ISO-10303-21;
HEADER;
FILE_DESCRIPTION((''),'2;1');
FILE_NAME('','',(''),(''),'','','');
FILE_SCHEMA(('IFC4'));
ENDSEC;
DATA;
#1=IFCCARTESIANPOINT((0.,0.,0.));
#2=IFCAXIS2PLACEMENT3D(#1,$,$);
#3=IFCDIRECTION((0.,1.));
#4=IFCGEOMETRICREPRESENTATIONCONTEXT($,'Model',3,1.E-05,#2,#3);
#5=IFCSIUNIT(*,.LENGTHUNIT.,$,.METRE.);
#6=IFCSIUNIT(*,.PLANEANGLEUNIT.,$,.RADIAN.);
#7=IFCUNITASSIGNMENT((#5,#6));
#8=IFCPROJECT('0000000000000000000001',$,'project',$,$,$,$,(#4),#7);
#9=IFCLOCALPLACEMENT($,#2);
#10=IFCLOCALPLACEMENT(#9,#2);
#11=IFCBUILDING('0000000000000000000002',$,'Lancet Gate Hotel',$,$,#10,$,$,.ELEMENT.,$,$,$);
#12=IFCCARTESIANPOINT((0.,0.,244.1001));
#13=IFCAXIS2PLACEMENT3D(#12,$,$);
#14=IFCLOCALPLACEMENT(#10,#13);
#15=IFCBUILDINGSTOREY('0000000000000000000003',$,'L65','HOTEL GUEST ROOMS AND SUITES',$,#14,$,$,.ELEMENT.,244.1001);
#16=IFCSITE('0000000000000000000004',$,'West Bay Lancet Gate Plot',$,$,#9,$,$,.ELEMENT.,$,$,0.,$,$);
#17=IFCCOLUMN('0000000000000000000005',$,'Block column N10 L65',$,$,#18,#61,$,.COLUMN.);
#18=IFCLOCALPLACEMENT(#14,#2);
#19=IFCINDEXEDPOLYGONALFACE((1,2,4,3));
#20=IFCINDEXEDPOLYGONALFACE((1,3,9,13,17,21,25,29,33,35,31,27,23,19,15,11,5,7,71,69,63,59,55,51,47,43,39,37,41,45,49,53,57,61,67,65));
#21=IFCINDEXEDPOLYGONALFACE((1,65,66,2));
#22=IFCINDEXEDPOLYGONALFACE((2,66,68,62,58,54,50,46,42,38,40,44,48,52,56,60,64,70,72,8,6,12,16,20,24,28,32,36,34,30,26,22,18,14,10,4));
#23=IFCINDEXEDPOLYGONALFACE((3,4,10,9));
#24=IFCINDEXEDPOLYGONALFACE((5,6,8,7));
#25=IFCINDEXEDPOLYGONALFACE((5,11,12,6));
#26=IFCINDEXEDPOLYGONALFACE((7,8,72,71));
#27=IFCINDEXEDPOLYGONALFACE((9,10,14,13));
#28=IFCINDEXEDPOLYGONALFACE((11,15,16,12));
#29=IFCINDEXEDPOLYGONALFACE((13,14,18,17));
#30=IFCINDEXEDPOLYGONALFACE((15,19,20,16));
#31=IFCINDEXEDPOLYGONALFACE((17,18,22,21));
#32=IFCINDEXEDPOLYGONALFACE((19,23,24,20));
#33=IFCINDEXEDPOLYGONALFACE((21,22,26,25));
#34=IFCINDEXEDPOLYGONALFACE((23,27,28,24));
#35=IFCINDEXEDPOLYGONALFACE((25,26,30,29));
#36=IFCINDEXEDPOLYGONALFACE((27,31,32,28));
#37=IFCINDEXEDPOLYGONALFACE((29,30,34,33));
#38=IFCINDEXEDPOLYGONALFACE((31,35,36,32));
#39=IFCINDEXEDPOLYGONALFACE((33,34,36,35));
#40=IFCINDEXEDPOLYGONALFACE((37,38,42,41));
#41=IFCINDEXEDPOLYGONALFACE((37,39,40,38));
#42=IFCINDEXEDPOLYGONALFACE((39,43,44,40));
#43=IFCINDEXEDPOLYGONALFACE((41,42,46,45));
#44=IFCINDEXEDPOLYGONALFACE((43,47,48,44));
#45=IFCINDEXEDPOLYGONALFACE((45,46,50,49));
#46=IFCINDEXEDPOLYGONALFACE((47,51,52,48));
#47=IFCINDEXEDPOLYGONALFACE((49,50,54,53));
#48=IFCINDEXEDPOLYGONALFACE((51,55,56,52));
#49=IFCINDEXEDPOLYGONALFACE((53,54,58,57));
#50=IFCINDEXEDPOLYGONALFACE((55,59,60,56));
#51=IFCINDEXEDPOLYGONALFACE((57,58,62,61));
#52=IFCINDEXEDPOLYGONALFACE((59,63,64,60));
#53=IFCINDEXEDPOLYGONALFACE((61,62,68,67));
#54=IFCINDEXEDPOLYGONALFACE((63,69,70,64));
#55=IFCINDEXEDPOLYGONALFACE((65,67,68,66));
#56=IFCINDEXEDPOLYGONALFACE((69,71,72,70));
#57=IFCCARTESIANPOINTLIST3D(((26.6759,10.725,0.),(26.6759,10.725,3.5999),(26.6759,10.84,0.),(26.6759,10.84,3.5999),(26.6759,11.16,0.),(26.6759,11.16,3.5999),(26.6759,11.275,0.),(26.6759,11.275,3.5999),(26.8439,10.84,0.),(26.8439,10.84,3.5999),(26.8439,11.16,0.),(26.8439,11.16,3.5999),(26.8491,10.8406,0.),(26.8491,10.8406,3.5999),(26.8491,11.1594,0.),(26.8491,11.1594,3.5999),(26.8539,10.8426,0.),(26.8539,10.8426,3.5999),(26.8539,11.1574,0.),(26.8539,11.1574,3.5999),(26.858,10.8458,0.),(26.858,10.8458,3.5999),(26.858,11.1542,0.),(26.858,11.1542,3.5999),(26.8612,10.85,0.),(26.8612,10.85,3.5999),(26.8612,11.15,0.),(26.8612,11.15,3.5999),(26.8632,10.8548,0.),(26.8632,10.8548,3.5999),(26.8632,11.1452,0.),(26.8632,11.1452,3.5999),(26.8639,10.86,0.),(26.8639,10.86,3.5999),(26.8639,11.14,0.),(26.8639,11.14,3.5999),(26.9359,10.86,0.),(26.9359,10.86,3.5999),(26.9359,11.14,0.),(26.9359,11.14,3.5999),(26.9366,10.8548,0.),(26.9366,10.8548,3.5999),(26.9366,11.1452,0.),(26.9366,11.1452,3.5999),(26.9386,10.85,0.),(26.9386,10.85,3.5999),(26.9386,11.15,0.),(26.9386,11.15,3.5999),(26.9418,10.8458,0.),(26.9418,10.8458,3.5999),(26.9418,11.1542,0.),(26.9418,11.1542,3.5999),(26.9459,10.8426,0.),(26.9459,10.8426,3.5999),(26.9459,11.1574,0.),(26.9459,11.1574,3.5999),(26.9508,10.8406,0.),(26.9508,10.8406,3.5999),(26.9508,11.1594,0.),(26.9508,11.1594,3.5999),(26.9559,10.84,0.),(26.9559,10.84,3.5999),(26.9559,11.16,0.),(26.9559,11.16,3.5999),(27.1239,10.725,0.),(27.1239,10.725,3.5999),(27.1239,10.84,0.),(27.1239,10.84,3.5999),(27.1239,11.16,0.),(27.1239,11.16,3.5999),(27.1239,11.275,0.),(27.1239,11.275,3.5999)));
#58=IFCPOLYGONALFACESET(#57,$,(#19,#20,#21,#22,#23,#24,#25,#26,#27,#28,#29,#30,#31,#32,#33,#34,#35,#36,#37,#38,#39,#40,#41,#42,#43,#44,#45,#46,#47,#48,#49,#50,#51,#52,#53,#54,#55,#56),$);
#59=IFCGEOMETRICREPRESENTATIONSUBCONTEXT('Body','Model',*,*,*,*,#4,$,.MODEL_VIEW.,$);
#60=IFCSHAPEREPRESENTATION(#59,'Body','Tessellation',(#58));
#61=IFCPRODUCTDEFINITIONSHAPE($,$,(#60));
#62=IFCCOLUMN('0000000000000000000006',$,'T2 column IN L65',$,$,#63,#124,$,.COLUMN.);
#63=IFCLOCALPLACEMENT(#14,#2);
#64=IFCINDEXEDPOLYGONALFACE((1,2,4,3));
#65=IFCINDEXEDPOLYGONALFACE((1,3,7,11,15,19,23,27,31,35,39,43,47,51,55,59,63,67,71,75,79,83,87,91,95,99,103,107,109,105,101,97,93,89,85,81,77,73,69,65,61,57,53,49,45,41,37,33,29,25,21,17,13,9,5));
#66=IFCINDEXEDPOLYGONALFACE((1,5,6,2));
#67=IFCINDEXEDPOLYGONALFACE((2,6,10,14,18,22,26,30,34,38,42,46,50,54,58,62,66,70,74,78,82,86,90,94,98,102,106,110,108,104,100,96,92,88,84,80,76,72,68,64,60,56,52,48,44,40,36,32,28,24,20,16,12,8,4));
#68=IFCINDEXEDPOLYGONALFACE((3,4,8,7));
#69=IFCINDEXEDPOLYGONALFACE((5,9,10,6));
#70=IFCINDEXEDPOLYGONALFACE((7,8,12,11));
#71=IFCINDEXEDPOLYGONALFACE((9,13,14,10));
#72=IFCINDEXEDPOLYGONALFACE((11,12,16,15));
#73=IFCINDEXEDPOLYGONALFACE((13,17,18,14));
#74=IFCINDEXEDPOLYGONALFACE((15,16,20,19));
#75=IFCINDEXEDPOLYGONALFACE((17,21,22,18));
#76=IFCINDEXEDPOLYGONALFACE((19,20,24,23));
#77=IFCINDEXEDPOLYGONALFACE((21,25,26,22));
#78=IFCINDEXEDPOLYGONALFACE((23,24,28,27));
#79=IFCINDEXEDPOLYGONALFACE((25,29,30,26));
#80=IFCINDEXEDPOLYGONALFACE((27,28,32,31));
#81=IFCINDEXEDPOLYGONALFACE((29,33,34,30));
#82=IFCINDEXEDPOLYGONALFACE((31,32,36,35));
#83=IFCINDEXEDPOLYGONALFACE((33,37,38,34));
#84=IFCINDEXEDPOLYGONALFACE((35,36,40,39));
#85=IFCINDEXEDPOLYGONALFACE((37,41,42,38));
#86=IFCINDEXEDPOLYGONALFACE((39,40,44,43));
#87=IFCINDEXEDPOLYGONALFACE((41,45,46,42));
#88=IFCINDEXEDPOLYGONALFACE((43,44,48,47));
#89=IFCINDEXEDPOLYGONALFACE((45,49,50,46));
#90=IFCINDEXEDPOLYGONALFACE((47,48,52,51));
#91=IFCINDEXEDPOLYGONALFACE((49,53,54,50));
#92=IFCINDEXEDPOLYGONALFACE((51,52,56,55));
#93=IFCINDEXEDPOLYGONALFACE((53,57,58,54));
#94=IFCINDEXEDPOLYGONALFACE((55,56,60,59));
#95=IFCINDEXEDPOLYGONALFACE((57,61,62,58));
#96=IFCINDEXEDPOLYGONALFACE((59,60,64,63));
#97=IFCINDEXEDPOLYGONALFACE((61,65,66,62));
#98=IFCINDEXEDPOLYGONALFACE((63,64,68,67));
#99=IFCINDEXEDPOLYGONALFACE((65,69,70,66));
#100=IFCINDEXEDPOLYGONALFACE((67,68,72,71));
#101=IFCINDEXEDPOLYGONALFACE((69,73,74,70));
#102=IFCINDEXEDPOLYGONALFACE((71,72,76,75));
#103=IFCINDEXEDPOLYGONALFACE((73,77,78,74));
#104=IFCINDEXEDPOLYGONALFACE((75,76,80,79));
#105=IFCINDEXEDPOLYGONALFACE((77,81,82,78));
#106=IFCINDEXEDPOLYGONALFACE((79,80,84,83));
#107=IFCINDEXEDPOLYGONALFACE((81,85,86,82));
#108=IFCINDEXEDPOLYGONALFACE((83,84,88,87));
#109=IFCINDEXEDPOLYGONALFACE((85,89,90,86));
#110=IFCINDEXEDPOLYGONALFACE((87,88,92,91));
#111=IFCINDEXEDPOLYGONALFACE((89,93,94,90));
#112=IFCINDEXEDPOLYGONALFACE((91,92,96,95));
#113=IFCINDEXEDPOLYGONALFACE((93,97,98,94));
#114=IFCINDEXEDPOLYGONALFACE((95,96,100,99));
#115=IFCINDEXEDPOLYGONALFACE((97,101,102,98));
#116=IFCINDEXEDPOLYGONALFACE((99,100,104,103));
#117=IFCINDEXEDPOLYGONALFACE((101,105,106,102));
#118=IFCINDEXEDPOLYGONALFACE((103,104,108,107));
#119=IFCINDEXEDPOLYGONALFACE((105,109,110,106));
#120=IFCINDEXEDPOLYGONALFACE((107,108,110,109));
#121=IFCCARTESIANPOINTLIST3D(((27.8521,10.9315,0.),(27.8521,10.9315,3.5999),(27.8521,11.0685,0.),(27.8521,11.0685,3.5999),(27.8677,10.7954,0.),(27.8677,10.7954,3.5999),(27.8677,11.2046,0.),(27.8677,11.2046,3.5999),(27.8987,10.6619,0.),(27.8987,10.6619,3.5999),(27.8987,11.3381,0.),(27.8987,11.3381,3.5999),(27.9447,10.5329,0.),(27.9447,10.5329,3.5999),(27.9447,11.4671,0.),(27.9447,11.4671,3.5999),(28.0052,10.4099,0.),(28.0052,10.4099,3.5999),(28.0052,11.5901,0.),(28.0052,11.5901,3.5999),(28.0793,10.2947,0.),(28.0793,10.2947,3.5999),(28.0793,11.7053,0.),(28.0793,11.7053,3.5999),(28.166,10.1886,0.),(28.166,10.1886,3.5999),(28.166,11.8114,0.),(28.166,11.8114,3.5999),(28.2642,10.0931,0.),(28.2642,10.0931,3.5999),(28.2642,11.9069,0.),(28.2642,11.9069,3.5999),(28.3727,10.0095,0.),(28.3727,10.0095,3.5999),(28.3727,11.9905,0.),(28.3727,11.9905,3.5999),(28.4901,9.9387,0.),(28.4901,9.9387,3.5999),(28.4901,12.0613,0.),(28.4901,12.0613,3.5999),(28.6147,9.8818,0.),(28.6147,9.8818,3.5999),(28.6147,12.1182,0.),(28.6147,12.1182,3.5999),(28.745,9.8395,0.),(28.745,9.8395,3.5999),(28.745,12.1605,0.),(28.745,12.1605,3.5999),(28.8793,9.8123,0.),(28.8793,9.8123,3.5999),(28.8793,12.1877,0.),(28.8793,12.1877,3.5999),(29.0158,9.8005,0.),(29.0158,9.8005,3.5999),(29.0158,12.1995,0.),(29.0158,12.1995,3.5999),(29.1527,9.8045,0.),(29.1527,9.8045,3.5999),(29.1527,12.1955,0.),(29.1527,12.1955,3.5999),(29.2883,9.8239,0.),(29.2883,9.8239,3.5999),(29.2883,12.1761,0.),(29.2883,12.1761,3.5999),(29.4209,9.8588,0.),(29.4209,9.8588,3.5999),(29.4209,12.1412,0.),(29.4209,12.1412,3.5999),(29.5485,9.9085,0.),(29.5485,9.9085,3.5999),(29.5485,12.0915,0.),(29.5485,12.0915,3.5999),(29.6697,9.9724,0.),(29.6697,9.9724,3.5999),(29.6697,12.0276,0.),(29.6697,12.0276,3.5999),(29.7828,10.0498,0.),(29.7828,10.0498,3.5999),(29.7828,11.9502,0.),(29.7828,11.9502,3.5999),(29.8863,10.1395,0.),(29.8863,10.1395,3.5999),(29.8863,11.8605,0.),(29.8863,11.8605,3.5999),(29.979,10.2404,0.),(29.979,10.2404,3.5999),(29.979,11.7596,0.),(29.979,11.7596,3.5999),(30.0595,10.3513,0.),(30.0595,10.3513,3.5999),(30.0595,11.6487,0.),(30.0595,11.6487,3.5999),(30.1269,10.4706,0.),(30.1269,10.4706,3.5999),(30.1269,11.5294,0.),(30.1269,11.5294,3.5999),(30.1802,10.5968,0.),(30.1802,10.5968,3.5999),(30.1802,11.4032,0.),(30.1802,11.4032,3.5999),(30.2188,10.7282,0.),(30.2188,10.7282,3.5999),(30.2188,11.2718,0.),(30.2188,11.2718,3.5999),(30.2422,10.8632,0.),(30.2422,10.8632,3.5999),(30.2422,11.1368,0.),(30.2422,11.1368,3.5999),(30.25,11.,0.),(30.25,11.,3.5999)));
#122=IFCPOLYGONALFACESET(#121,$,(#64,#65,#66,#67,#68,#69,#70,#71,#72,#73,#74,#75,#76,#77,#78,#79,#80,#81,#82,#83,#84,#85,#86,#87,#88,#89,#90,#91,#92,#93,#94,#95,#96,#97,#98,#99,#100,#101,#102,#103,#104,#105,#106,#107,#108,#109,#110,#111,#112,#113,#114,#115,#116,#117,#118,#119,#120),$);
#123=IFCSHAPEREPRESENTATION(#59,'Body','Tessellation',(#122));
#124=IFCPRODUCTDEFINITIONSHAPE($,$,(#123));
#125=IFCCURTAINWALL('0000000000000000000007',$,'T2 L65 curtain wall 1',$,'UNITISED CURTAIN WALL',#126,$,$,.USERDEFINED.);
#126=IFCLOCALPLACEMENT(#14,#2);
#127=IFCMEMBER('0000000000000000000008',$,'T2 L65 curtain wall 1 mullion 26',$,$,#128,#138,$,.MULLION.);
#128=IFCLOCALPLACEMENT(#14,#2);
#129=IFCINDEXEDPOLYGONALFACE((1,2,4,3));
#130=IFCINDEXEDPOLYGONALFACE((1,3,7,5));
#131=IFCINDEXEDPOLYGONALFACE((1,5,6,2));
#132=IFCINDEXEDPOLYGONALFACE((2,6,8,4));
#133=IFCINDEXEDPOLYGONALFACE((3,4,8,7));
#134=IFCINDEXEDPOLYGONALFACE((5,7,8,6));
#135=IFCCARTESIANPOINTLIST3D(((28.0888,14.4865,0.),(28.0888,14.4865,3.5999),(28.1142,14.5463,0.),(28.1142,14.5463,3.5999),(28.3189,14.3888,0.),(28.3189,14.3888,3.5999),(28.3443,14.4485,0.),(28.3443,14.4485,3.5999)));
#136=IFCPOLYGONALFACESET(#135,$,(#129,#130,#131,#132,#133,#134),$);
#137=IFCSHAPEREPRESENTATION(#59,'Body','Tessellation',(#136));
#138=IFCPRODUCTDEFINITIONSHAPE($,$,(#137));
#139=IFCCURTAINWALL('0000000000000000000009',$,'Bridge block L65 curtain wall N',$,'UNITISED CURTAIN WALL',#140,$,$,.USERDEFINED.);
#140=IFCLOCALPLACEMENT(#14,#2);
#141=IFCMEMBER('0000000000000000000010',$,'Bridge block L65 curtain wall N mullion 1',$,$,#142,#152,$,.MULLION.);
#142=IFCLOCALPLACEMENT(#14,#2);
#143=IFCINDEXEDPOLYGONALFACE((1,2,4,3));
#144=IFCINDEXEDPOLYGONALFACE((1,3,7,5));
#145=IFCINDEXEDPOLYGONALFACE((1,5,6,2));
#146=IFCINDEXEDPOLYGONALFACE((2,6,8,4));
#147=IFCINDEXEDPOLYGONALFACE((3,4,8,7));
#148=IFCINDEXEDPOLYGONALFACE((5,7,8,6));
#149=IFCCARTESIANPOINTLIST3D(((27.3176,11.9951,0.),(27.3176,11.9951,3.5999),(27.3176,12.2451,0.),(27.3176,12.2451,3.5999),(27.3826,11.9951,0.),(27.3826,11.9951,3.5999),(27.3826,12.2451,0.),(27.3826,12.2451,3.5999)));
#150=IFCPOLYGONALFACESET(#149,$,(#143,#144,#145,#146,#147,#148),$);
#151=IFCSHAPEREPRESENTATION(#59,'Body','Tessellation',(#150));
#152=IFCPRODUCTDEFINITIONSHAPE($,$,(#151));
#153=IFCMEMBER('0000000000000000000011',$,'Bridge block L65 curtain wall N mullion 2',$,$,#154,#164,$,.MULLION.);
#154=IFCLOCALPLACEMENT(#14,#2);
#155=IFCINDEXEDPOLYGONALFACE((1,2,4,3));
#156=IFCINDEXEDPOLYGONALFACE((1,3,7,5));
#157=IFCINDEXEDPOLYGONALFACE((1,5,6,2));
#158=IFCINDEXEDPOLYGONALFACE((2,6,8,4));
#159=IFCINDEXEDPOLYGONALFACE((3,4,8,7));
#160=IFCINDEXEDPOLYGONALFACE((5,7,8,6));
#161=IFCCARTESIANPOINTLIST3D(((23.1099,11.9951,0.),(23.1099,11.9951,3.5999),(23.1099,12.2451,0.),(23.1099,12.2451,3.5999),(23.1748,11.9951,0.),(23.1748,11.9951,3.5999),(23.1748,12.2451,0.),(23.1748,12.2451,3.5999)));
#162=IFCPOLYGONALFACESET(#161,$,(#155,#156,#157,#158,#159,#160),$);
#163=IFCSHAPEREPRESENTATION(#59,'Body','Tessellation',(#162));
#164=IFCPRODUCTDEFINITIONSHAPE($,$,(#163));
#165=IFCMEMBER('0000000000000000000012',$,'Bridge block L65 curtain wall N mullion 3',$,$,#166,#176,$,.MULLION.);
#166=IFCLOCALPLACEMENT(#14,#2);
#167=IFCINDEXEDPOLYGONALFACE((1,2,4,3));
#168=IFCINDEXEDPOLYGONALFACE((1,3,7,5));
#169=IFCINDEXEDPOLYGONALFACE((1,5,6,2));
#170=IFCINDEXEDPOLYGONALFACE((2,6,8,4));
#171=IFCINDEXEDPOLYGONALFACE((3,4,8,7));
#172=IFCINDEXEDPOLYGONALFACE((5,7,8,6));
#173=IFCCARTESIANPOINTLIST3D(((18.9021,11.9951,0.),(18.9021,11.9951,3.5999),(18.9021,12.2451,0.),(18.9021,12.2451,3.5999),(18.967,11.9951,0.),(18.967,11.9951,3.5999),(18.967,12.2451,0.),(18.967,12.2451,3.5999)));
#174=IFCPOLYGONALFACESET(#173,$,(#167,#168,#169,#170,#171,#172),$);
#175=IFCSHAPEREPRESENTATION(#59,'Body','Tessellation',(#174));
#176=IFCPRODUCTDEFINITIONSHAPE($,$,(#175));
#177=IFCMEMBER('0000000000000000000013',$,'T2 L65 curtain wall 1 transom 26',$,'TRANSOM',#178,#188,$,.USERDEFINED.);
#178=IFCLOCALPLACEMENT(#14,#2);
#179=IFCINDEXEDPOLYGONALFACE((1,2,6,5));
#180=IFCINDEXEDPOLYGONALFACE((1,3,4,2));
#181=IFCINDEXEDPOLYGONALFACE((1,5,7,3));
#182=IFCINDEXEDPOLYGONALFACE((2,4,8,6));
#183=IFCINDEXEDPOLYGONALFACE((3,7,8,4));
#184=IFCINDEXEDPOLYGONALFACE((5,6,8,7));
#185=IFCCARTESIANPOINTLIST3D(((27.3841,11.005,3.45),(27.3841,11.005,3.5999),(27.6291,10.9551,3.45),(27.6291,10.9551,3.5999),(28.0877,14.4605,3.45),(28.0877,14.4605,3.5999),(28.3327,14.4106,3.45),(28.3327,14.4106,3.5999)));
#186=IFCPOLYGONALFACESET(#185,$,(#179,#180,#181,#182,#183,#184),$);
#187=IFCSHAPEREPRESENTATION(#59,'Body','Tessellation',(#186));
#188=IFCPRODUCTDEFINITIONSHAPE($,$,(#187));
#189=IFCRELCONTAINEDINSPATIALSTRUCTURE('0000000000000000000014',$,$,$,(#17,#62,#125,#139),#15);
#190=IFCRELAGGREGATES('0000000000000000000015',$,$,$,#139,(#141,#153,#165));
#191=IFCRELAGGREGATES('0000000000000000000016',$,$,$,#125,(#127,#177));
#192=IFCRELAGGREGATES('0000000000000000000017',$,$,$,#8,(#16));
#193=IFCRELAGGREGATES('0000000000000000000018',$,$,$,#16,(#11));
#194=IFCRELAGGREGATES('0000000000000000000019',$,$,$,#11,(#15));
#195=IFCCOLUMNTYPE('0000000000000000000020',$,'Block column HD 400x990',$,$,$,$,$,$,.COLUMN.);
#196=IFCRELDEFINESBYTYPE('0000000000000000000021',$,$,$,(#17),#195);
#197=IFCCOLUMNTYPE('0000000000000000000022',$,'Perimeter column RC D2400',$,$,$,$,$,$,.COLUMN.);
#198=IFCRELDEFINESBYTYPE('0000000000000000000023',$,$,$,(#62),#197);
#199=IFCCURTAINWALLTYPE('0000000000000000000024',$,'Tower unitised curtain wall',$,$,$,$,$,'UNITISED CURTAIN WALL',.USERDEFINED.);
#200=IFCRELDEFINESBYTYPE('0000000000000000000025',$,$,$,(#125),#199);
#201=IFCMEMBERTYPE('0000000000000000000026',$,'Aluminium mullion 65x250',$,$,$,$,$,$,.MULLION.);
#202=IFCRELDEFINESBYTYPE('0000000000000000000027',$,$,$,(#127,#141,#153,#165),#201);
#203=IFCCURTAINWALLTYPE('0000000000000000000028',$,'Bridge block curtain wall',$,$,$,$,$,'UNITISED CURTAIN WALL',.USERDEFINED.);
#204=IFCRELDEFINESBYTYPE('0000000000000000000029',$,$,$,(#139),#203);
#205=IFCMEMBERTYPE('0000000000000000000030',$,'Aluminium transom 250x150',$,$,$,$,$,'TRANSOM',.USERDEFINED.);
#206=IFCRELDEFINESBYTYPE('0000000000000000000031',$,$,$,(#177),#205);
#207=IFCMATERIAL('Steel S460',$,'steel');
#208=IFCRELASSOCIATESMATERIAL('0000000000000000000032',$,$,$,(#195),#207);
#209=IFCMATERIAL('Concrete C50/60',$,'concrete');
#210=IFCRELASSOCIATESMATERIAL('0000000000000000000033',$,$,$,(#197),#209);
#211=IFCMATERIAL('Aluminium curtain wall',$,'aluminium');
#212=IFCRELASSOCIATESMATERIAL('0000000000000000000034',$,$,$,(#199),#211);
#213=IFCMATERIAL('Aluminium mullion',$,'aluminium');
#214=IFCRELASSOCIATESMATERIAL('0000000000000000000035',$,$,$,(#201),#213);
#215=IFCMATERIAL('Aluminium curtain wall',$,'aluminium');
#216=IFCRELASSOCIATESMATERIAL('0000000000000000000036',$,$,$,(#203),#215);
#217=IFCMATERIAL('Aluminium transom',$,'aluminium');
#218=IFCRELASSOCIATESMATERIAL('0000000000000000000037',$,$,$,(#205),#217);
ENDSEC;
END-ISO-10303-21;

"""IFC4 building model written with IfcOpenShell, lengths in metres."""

from ifc_helpers import new_model, si_unit, direction, frame, origin, origin_2d, place, context, subcontext, project, spatial, rectangle, circle, i_section, extrude, material, material_profile, profile_set, type_object, element, aggregate, save


model = new_model("IFC4")

# Units and contexts
model_context = context("Model", 3, precision=1e-05, world=origin(), true_north=direction((0.0, 1.0)))
body_context = subcontext(model_context, "Body", "Model", "MODEL_VIEW")
ifc_project = project(units=[si_unit("LENGTHUNIT", "METRE"), si_unit("PLANEANGLEUNIT", "RADIAN")], contexts=[model_context])

# Site, building, storey
site_placement = place(None, origin())
site = spatial("IfcSite", under=ifc_project, at=site_placement, Name="West Bay Lancet Gate Plot", CompositionType="ELEMENT", RefElevation=0.0)
building_placement = place(site_placement, origin())
building = spatial("IfcBuilding", under=site, at=building_placement, Name="Lancet Gate Hotel", CompositionType="ELEMENT")
storey_placement = place(building_placement, frame((0.0, 0.0, 244.1001)))
storey = spatial("IfcBuildingStorey", under=building, at=storey_placement, Name="L65", Description="HOTEL GUEST ROOMS AND SUITES", CompositionType="ELEMENT", Elevation=244.1001)

# Columns
ifc_material_1 = material(Name="Steel S460", Category="steel")
ifc_material_profile_1 = material_profile(ifc_material_1, i_section(OverallWidth=0.448, OverallDepth=0.55, WebThickness=0.072, FlangeThickness=0.115, FilletRadius=0.02, at=origin_2d()), Name="HD 400x990")
ifc_profile_set_1 = profile_set([ifc_material_profile_1], Name="Steel S460")
column_type_1 = type_object("IfcColumnType", Name="Block column HD 400x990", PredefinedType="COLUMN", material=ifc_profile_set_1)
column_1_placement = place(storey_placement, frame((26.8999, 11.0, 0.0), z_axis=(0.0, 0.0, 1.0), x_axis=(1.0, 0.0, 0.0)))
element("IfcColumn", 1, at=column_1_placement, inside=storey, type_object=column_type_1, Name="Block column N10 L65", PredefinedType="COLUMN", context=body_context, shape_type="SweptSolid", body=[
    extrude(i_section(OverallWidth=0.448, OverallDepth=0.55, WebThickness=0.072, FlangeThickness=0.115, FilletRadius=0.02, at=origin_2d()), origin(), (0.0, 0.0, 1.0), 3.5999),
])
ifc_material_2 = material(Name="Concrete C50/60", Category="concrete")
ifc_material_profile_2 = material_profile(ifc_material_2, circle(Radius=1.2, at=origin_2d()), Name="RC D2400")
ifc_profile_set_2 = profile_set([ifc_material_profile_2], Name="Concrete C50/60")
column_type_2 = type_object("IfcColumnType", Name="Perimeter column RC D2400", PredefinedType="COLUMN", material=ifc_profile_set_2)
column_2_placement = place(storey_placement, frame((29.05, 11.0, 0.0), z_axis=(0.0, 0.0, 1.0), x_axis=(1.0, 0.0, 0.0)))
element("IfcColumn", 2, at=column_2_placement, inside=storey, type_object=column_type_2, Name="T2 column IN L65", PredefinedType="COLUMN", context=body_context, shape_type="SweptSolid", body=[
    extrude(circle(Radius=1.2, at=origin_2d()), origin(), (0.0, 0.0, 1.0), 3.5999),
])

# Curtain wall, member
ifc_material_3 = material(Name="Aluminium curtain wall", Category="aluminium")
curtain_wall_type_1 = type_object("IfcCurtainWallType", Name="Tower unitised curtain wall", ElementType="UNITISED CURTAIN WALL", PredefinedType="USERDEFINED", material=ifc_material_3)
curtain_wall_1_placement = place(storey_placement, origin())
curtain_wall_1 = element("IfcCurtainWall", 3, at=curtain_wall_1_placement, inside=storey, type_object=curtain_wall_type_1, Name="T2 L65 curtain wall 1", ObjectType="UNITISED CURTAIN WALL", PredefinedType="USERDEFINED")
ifc_material_4 = material(Name="Aluminium mullion", Category="aluminium")
ifc_material_profile_3 = material_profile(ifc_material_4, rectangle(XDim=0.0649, YDim=0.25, at=origin_2d()), Name="MULLION 65x250")
ifc_profile_set_3 = profile_set([ifc_material_profile_3], Name="Aluminium mullion")
member_type_1 = type_object("IfcMemberType", Name="Aluminium mullion 65x250", PredefinedType="MULLION", material=ifc_profile_set_3)
member_1_placement = place(storey_placement, frame((28.2166, 14.4675, 0.0), z_axis=(0.0, 0.0, 1.0), x_axis=(-0.391042, -0.920373, 0.0)))
member_1 = element("IfcMember", 4, at=member_1_placement, type_object=member_type_1, Name="T2 L65 curtain wall 1 mullion 26", PredefinedType="MULLION", context=body_context, shape_type="SweptSolid", body=[
    extrude(rectangle(XDim=0.0649, YDim=0.25, at=origin_2d()), origin(), (0.0, 0.0, 1.0), 3.5999),
])

# Curtain wall, members
ifc_material_5 = material(Name="Aluminium curtain wall", Category="aluminium")
curtain_wall_type_2 = type_object("IfcCurtainWallType", Name="Bridge block curtain wall", ElementType="UNITISED CURTAIN WALL", PredefinedType="USERDEFINED", material=ifc_material_5)
curtain_wall_2_placement = place(storey_placement, origin())
curtain_wall_2 = element("IfcCurtainWall", 5, at=curtain_wall_2_placement, inside=storey, type_object=curtain_wall_type_2, Name="Bridge block L65 curtain wall N", ObjectType="UNITISED CURTAIN WALL", PredefinedType="USERDEFINED")
member_2_placement = place(storey_placement, frame((27.3501, 12.1201, 0.0), z_axis=(0.0, 0.0, 1.0), x_axis=(-1.0, 0.0, 0.0)))
member_2 = element("IfcMember", 6, at=member_2_placement, type_object=member_type_1, Name="Bridge block L65 curtain wall N mullion 1", PredefinedType="MULLION", context=body_context, shape_type="SweptSolid", body=[
    extrude(rectangle(XDim=0.0649, YDim=0.25, at=origin_2d()), origin(), (0.0, 0.0, 1.0), 3.5999),
])
member_3_placement = place(storey_placement, frame((23.1423, 12.1201, 0.0), z_axis=(0.0, 0.0, 1.0), x_axis=(-1.0, 0.0, 0.0)))
member_3 = element("IfcMember", 7, at=member_3_placement, type_object=member_type_1, Name="Bridge block L65 curtain wall N mullion 2", PredefinedType="MULLION", context=body_context, shape_type="SweptSolid", body=[
    extrude(rectangle(XDim=0.0649, YDim=0.25, at=origin_2d()), origin(), (0.0, 0.0, 1.0), 3.5999),
])
member_4_placement = place(storey_placement, frame((18.9346, 12.1201, 0.0), z_axis=(0.0, 0.0, 1.0), x_axis=(-1.0, 0.0, 0.0)))
member_4 = element("IfcMember", 8, at=member_4_placement, type_object=member_type_1, Name="Bridge block L65 curtain wall N mullion 3", PredefinedType="MULLION", context=body_context, shape_type="SweptSolid", body=[
    extrude(rectangle(XDim=0.0649, YDim=0.25, at=origin_2d()), origin(), (0.0, 0.0, 1.0), 3.5999),
])

# Member
ifc_material_6 = material(Name="Aluminium transom", Category="aluminium")
ifc_material_profile_4 = material_profile(ifc_material_6, rectangle(XDim=0.25, YDim=0.1499, at=origin_2d()), Name="TRANSOM 250x150")
ifc_profile_set_4 = profile_set([ifc_material_profile_4], Name="Aluminium transom")
member_type_2 = type_object("IfcMemberType", Name="Aluminium transom 250x150", ElementType="TRANSOM", PredefinedType="USERDEFINED", material=ifc_profile_set_4)
member_5_placement = place(storey_placement, frame((28.2102, 14.4355, 3.5249), z_axis=(-0.199523, -0.979893, 0.0), x_axis=(0.979893, -0.199523, 0.0)))
member_5 = element("IfcMember", 9, at=member_5_placement, type_object=member_type_2, Name="T2 L65 curtain wall 1 transom 26", ObjectType="TRANSOM", PredefinedType="USERDEFINED", context=body_context, shape_type="SweptSolid", body=[
    extrude(rectangle(XDim=0.25, YDim=0.1499, at=origin_2d()), origin(), (0.0, 0.0, 1.0), 3.5264),
])

aggregate(curtain_wall_2, [member_2, member_3, member_4])
aggregate(curtain_wall_1, [member_1, member_5])

save(model, "model.ifc")
